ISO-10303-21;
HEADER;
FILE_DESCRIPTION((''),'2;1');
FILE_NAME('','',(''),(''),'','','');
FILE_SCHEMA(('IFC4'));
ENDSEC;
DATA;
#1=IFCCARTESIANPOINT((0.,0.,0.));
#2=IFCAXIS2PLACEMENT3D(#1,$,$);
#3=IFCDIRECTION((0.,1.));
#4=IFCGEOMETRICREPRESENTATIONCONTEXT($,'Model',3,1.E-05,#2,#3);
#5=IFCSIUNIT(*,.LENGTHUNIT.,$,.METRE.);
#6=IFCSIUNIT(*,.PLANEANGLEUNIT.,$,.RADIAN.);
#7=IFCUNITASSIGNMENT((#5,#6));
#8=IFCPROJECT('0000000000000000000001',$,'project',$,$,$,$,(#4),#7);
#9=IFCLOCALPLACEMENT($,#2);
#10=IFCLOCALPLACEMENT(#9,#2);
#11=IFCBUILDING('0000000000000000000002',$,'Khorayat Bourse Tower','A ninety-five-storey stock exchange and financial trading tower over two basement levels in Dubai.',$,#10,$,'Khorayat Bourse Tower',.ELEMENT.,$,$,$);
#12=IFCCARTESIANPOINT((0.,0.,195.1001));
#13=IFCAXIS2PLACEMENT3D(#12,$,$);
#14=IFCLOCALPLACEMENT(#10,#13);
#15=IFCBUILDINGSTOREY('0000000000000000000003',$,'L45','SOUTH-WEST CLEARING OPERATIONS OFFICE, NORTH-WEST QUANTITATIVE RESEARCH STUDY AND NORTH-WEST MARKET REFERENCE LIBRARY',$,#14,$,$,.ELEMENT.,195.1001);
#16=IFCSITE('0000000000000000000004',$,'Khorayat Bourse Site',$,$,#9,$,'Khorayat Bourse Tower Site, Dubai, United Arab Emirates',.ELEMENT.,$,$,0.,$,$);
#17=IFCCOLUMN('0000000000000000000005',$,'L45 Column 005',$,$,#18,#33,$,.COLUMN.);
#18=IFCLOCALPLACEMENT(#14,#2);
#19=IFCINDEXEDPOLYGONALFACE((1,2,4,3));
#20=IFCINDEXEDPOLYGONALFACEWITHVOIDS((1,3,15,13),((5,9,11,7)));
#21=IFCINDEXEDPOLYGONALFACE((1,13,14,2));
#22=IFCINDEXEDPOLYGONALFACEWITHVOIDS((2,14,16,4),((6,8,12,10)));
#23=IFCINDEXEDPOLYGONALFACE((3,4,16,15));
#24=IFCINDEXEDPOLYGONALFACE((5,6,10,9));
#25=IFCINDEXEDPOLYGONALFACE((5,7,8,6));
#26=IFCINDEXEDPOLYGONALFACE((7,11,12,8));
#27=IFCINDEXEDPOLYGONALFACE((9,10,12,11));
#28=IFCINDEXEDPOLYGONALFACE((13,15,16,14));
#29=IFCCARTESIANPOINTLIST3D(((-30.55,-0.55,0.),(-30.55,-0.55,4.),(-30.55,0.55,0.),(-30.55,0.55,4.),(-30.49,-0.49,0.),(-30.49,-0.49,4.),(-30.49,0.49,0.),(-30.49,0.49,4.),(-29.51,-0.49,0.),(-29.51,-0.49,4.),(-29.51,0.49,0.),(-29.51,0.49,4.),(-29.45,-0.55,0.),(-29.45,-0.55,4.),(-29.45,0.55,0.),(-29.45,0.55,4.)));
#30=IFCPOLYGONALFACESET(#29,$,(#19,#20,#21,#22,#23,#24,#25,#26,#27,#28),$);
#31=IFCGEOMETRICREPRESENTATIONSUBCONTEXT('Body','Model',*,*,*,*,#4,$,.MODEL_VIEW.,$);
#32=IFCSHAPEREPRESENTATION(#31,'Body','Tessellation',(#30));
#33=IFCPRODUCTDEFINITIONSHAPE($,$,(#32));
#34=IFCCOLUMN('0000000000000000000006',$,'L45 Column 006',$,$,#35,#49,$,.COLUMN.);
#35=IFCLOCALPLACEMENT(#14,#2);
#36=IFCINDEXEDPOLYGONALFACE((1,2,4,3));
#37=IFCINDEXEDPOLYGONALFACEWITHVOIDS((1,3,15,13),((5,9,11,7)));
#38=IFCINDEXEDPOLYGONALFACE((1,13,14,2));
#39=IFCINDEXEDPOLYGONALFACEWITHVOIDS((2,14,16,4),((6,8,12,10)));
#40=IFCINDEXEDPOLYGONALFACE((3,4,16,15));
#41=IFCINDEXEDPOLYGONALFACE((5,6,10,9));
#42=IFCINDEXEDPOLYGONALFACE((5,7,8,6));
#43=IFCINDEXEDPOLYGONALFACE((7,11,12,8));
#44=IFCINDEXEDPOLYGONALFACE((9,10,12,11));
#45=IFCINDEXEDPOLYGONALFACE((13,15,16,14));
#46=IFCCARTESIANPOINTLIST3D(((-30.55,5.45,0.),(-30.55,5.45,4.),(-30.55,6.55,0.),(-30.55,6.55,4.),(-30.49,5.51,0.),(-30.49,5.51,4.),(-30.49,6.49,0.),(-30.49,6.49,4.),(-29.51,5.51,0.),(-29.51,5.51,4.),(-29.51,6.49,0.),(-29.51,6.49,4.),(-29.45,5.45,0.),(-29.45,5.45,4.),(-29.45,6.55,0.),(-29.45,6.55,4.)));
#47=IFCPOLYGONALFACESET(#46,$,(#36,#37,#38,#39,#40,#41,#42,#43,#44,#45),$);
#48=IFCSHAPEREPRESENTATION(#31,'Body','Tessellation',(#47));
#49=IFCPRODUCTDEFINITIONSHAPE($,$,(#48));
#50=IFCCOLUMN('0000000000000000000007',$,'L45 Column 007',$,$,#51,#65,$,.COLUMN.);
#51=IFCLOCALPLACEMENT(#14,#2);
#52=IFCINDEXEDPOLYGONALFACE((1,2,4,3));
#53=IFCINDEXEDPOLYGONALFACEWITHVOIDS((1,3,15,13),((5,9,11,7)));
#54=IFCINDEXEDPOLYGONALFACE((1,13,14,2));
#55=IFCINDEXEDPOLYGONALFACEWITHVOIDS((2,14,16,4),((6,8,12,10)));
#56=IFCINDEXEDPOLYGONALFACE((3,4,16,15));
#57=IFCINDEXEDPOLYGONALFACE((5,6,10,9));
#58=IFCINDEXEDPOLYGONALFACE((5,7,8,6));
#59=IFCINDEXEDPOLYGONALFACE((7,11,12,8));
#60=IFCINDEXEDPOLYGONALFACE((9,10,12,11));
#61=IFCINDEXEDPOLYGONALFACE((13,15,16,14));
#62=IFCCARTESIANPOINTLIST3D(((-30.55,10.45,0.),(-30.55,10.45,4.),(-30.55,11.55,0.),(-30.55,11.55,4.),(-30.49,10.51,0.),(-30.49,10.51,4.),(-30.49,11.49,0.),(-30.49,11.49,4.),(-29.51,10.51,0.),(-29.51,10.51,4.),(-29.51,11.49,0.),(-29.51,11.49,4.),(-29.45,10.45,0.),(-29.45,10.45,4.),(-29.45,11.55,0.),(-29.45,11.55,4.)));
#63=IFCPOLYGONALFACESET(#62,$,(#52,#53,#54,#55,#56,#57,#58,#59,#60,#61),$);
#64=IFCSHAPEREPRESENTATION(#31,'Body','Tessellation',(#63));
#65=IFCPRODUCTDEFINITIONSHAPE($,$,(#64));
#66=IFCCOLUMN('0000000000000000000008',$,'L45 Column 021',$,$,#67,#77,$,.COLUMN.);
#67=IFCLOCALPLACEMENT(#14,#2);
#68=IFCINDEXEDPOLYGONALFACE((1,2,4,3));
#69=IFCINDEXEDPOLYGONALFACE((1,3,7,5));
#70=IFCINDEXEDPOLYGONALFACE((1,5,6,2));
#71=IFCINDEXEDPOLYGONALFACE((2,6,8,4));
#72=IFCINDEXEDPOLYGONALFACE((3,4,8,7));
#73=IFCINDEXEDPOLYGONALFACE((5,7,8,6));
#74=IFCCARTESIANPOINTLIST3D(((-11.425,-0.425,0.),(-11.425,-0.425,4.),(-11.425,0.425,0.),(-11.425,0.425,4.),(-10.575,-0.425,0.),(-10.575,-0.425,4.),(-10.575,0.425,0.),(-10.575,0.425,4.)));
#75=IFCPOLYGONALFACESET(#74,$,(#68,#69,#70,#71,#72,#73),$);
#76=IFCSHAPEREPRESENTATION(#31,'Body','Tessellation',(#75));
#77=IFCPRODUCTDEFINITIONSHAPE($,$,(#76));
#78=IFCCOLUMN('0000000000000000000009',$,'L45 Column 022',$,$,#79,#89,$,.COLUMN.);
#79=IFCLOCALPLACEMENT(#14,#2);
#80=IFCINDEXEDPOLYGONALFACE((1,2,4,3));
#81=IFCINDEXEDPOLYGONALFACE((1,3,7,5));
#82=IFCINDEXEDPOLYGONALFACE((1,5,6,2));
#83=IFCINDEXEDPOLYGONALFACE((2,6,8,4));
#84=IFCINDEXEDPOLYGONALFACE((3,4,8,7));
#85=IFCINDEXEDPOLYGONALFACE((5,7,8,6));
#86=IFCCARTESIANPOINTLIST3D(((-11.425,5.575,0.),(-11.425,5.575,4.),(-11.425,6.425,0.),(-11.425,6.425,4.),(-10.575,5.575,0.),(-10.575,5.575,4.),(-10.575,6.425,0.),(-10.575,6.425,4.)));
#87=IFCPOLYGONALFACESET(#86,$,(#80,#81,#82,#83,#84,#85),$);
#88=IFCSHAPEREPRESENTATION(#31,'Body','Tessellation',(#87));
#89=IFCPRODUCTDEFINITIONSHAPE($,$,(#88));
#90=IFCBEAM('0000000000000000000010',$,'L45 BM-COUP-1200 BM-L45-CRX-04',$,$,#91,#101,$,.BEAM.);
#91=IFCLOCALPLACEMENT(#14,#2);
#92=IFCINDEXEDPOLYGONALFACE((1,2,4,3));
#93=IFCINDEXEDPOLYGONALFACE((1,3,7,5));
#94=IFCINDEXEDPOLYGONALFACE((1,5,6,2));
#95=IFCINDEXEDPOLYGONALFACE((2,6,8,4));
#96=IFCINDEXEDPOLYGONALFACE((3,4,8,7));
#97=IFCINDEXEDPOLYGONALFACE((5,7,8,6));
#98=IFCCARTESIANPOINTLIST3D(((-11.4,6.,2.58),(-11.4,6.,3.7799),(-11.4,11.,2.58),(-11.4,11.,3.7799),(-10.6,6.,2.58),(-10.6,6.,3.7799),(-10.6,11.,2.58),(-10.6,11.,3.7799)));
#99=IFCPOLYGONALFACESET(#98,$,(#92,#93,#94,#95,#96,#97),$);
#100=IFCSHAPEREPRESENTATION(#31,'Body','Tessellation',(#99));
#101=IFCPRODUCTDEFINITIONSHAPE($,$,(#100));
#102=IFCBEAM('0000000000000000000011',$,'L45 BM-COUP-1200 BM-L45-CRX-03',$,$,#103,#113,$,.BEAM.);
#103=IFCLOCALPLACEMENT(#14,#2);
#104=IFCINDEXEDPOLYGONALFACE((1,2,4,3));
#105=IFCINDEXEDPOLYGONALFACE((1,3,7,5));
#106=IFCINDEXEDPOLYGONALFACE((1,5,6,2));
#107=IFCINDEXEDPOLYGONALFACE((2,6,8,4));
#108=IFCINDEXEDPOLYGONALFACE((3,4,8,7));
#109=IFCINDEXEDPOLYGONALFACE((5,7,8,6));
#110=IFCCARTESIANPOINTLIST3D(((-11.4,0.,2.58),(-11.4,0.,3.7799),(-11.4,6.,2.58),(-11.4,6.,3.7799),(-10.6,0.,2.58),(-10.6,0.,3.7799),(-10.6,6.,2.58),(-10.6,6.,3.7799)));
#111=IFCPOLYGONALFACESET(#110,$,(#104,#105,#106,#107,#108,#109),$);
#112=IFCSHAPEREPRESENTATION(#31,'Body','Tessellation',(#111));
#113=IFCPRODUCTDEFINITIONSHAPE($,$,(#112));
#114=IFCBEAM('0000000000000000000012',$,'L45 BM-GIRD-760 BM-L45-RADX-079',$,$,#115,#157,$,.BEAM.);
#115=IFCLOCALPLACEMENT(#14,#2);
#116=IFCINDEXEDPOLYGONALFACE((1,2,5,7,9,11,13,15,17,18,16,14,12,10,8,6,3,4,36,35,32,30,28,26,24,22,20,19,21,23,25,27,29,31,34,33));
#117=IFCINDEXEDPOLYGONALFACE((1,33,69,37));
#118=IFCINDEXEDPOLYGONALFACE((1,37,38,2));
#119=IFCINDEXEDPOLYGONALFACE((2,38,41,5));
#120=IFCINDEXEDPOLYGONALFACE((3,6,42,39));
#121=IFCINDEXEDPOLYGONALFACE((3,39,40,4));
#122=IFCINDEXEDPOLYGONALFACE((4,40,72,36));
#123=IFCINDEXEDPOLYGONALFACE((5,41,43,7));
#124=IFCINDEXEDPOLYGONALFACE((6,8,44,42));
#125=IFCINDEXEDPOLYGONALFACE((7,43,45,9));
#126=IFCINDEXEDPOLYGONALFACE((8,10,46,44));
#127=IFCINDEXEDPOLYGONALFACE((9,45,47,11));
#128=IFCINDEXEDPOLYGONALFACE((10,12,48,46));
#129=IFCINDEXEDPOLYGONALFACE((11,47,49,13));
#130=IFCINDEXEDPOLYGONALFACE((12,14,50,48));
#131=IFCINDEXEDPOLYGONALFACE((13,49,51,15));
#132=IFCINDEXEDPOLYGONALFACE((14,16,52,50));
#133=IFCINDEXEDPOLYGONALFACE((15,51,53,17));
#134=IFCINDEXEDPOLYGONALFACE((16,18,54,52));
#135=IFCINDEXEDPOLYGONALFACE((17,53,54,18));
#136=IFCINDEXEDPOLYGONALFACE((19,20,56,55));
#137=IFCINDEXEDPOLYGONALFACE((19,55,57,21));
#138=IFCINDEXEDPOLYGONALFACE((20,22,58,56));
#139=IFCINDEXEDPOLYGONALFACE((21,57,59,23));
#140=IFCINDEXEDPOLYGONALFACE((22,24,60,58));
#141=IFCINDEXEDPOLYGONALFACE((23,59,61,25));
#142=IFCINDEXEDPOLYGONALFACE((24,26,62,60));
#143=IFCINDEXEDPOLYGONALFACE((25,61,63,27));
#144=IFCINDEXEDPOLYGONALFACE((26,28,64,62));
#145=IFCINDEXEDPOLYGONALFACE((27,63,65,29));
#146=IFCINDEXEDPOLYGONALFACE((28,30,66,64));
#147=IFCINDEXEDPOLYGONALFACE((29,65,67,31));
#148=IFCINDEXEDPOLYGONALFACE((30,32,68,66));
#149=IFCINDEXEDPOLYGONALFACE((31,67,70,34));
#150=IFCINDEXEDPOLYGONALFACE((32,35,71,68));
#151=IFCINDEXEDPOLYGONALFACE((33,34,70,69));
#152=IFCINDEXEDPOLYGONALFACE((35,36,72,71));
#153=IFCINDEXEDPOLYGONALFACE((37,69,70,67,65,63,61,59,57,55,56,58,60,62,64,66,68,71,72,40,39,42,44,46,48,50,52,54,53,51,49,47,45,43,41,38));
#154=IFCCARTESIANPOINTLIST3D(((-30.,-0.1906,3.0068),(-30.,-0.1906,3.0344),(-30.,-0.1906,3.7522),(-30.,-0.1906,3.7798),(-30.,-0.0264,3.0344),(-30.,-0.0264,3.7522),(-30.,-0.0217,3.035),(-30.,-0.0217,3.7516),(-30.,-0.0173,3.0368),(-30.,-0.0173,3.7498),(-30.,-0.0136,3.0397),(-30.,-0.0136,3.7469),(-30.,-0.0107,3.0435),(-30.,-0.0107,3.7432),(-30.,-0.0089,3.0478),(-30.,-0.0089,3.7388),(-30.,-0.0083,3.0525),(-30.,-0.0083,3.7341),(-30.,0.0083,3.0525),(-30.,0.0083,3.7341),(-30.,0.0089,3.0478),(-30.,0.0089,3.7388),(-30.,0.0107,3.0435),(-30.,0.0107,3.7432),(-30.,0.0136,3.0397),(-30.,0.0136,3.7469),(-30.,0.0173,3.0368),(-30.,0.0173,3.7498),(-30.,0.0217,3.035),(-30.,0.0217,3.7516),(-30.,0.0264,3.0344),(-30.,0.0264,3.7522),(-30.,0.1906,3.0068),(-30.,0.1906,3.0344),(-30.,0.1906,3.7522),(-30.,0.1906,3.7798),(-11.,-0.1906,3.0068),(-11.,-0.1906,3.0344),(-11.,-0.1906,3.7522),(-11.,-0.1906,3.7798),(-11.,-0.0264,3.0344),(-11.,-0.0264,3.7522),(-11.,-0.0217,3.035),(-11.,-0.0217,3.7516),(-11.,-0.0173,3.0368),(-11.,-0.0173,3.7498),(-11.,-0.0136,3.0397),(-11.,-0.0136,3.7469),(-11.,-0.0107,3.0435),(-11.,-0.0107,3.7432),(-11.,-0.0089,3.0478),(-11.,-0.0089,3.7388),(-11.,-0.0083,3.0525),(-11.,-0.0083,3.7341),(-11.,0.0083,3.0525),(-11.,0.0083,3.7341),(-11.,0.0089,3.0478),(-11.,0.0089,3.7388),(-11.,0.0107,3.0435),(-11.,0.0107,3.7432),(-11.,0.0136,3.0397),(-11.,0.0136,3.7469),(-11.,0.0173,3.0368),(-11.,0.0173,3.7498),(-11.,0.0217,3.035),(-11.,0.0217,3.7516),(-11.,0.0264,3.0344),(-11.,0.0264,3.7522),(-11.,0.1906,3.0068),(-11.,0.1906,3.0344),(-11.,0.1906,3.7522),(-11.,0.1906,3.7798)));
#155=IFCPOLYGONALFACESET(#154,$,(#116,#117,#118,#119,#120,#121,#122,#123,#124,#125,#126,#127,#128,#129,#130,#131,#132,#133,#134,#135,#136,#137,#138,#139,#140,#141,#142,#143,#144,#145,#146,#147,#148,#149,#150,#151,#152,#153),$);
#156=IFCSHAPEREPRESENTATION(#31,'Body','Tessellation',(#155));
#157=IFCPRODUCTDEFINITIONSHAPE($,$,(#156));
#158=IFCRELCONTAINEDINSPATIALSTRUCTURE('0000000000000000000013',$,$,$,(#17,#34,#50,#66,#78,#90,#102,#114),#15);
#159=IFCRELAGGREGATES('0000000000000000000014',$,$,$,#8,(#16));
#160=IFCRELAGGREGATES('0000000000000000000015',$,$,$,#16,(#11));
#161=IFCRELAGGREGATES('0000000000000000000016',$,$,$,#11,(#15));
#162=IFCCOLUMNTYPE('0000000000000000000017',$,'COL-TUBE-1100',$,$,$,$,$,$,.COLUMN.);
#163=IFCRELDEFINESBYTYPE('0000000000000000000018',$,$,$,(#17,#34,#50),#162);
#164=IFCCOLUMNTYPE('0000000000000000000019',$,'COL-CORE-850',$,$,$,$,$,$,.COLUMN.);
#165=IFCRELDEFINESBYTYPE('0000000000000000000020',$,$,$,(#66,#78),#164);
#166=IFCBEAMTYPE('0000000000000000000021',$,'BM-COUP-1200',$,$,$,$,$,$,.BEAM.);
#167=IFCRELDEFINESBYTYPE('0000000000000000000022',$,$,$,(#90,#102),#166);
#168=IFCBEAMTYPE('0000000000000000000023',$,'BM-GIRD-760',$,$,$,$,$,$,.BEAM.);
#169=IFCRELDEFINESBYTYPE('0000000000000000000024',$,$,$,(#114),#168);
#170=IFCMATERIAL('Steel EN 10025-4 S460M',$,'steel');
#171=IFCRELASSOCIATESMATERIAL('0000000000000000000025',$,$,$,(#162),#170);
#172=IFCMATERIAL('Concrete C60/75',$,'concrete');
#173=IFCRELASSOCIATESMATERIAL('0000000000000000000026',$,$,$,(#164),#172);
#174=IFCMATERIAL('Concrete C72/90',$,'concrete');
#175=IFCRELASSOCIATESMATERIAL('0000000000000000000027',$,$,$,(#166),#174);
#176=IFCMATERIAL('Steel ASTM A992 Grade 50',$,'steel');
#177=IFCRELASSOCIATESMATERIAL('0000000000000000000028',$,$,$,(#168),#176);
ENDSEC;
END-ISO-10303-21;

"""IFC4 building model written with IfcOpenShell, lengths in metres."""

from ifc_helpers import new_model, si_unit, direction, frame, origin, origin_2d, place, context, subcontext, project, spatial, rectangle, hollow_rectangle, i_section, extrude, source, transform, mapped, material, material_profile, profile_set, type_object, element, save


model = new_model("IFC4")

# Units and contexts
model_context = context("Model", 3, precision=1e-05, world=origin(), true_north=direction((0.0, 1.0)))
body_context = subcontext(model_context, "Body", "Model", "MODEL_VIEW")
ifc_project = project(units=[si_unit("LENGTHUNIT", "METRE"), si_unit("PLANEANGLEUNIT", "RADIAN")], contexts=[model_context])

# Site, building, storey
site_placement = place(None, origin())
site = spatial("IfcSite", under=ifc_project, at=site_placement, Name="Khorayat Bourse Site", LongName="Khorayat Bourse Tower Site, Dubai, United Arab Emirates", CompositionType="ELEMENT", RefElevation=0.0)
building_placement = place(site_placement, origin())
building = spatial("IfcBuilding", under=site, at=building_placement, Name="Khorayat Bourse Tower", Description="A ninety-five-storey stock exchange and financial trading tower over two basement levels in Dubai.", LongName="Khorayat Bourse Tower", CompositionType="ELEMENT")
storey_placement = place(building_placement, frame((0.0, 0.0, 195.1001)))
storey = spatial("IfcBuildingStorey", under=building, at=storey_placement, Name="L45", Description="SOUTH-WEST CLEARING OPERATIONS OFFICE, NORTH-WEST QUANTITATIVE RESEARCH STUDY AND NORTH-WEST MARKET REFERENCE LIBRARY", CompositionType="ELEMENT", Elevation=195.1001)

# Columns
ifc_material_1 = material(Name="Steel EN 10025-4 S460M", Category="steel")
ifc_material_profile_1 = material_profile(ifc_material_1, hollow_rectangle(XDim=1.1001, YDim=1.1001, WallThickness=0.0601, at=origin_2d()), Name="BOX 1100x1100x60")
ifc_profile_set_1 = profile_set([ifc_material_profile_1], Name="Steel EN 10025-4 S460M")
column_type_1 = type_object("IfcColumnType", Name="COL-TUBE-1100", PredefinedType="COLUMN", material=ifc_profile_set_1)
shared_shape_1 = source(origin(), body_context, "Body", "SweptSolid", [
    extrude(hollow_rectangle(XDim=1.1001, YDim=1.1001, WallThickness=0.0601, at=origin_2d()), origin(), (0.0, 0.0, 1.0), 4.0),
])
for number, where, z_axis, x_axis, name in (
    (1, (-30.0, 0.0, 0.0), (0.0, 0.0, 1.0), (1.0, 0.0, 0.0), "L45 Column 005"),
    (2, (-30.0, 6.0, 0.0), (0.0, 0.0, 1.0), (1.0, 0.0, 0.0), "L45 Column 006"),
    (3, (-30.0, 11.0, 0.0), (0.0, 0.0, 1.0), (1.0, 0.0, 0.0), "L45 Column 007"),
):
    element("IfcColumn", number, at=place(storey_placement, frame(where, z_axis=z_axis, x_axis=x_axis)), inside=storey, type_object=column_type_1, Name=name, PredefinedType="COLUMN", context=body_context, shape_type="MappedRepresentation", body=[
        mapped(shared_shape_1, transform((0.0, 0.0, 0.0), scale=1.0)),
    ])
ifc_material_2 = material(Name="Concrete C60/75", Category="concrete")
ifc_material_profile_2 = material_profile(ifc_material_2, rectangle(XDim=0.8501, YDim=0.8501, at=origin_2d()), Name="RC 850x850")
ifc_profile_set_2 = profile_set([ifc_material_profile_2], Name="Concrete C60/75")
column_type_2 = type_object("IfcColumnType", Name="COL-CORE-850", PredefinedType="COLUMN", material=ifc_profile_set_2)
shared_shape_2 = source(origin(), body_context, "Body", "SweptSolid", [
    extrude(rectangle(XDim=0.8501, YDim=0.8501, at=origin_2d()), origin(), (0.0, 0.0, 1.0), 4.0),
])
for number, where, z_axis, x_axis, name in (
    (4, (-11.0, 0.0, 0.0), (0.0, 0.0, 1.0), (1.0, 0.0, 0.0), "L45 Column 021"),
    (5, (-11.0, 6.0, 0.0), (0.0, 0.0, 1.0), (1.0, 0.0, 0.0), "L45 Column 022"),
):
    element("IfcColumn", number, at=place(storey_placement, frame(where, z_axis=z_axis, x_axis=x_axis)), inside=storey, type_object=column_type_2, Name=name, PredefinedType="COLUMN", context=body_context, shape_type="MappedRepresentation", body=[
        mapped(shared_shape_2, transform((0.0, 0.0, 0.0), scale=1.0)),
    ])

# Beams
ifc_material_3 = material(Name="Concrete C72/90", Category="concrete")
ifc_material_profile_3 = material_profile(ifc_material_3, rectangle(XDim=0.8, YDim=1.2, at=origin_2d()), Name="RC 800x1200")
ifc_profile_set_3 = profile_set([ifc_material_profile_3], Name="Concrete C72/90")
beam_type_1 = type_object("IfcBeamType", Name="BM-COUP-1200", PredefinedType="BEAM", material=ifc_profile_set_3)
shared_shape_3 = source(origin(), body_context, "Body", "SweptSolid", [
    extrude(rectangle(XDim=0.8, YDim=1.2, at=origin_2d()), origin(), (0.0, 0.0, 1.0), 5.0),
])
beam_1_placement = place(storey_placement, frame((-11.0, 6.0, 3.1799), z_axis=(0.0, 1.0, 0.0), x_axis=(-1.0, 0.0, 0.0)))
element("IfcBeam", 6, at=beam_1_placement, inside=storey, type_object=beam_type_1, Name="L45 BM-COUP-1200 BM-L45-CRX-04", PredefinedType="BEAM", context=body_context, shape_type="MappedRepresentation", body=[
    mapped(shared_shape_3, transform((0.0, 0.0, 0.0), scale=1.0)),
])
shared_shape_4 = source(origin(), body_context, "Body", "SweptSolid", [
    extrude(rectangle(XDim=0.8, YDim=1.2, at=origin_2d()), origin(), (0.0, 0.0, 1.0), 6.0),
])
beam_2_placement = place(storey_placement, frame((-11.0, 0.0, 3.1799), z_axis=(0.0, 1.0, 0.0), x_axis=(-1.0, 0.0, 0.0)))
element("IfcBeam", 7, at=beam_2_placement, inside=storey, type_object=beam_type_1, Name="L45 BM-COUP-1200 BM-L45-CRX-03", PredefinedType="BEAM", context=body_context, shape_type="MappedRepresentation", body=[
    mapped(shared_shape_4, transform((0.0, 0.0, 0.0), scale=1.0)),
])
ifc_material_4 = material(Name="Steel ASTM A992 Grade 50", Category="steel")
ifc_material_profile_4 = material_profile(ifc_material_4, i_section(OverallWidth=0.3811, OverallDepth=0.7729, WebThickness=0.0166, FlangeThickness=0.0276, FilletRadius=0.0181, at=origin_2d()), Name="W760X257")
ifc_profile_set_4 = profile_set([ifc_material_profile_4], Name="Steel ASTM A992 Grade 50")
beam_type_2 = type_object("IfcBeamType", Name="BM-GIRD-760", PredefinedType="BEAM", material=ifc_profile_set_4)
shared_shape_5 = source(origin(), body_context, "Body", "SweptSolid", [
    extrude(i_section(OverallWidth=0.3811, OverallDepth=0.7729, WebThickness=0.0166, FlangeThickness=0.0276, FilletRadius=0.0181, at=origin_2d()), origin(), (0.0, 0.0, 1.0), 19.0),
])
for number, where, z_axis, x_axis, name in (
    (8, (-30.0, 0.0, 3.3933), (1.0, 0.0, 0.0), (0.0, 1.0, 0.0), "L45 BM-GIRD-760 BM-L45-RADX-079"),
):
    element("IfcBeam", number, at=place(storey_placement, frame(where, z_axis=z_axis, x_axis=x_axis)), inside=storey, type_object=beam_type_2, Name=name, PredefinedType="BEAM", context=body_context, shape_type="MappedRepresentation", body=[
        mapped(shared_shape_5, transform((0.0, 0.0, 0.0), scale=1.0)),
    ])

save(model, "model.ifc")
